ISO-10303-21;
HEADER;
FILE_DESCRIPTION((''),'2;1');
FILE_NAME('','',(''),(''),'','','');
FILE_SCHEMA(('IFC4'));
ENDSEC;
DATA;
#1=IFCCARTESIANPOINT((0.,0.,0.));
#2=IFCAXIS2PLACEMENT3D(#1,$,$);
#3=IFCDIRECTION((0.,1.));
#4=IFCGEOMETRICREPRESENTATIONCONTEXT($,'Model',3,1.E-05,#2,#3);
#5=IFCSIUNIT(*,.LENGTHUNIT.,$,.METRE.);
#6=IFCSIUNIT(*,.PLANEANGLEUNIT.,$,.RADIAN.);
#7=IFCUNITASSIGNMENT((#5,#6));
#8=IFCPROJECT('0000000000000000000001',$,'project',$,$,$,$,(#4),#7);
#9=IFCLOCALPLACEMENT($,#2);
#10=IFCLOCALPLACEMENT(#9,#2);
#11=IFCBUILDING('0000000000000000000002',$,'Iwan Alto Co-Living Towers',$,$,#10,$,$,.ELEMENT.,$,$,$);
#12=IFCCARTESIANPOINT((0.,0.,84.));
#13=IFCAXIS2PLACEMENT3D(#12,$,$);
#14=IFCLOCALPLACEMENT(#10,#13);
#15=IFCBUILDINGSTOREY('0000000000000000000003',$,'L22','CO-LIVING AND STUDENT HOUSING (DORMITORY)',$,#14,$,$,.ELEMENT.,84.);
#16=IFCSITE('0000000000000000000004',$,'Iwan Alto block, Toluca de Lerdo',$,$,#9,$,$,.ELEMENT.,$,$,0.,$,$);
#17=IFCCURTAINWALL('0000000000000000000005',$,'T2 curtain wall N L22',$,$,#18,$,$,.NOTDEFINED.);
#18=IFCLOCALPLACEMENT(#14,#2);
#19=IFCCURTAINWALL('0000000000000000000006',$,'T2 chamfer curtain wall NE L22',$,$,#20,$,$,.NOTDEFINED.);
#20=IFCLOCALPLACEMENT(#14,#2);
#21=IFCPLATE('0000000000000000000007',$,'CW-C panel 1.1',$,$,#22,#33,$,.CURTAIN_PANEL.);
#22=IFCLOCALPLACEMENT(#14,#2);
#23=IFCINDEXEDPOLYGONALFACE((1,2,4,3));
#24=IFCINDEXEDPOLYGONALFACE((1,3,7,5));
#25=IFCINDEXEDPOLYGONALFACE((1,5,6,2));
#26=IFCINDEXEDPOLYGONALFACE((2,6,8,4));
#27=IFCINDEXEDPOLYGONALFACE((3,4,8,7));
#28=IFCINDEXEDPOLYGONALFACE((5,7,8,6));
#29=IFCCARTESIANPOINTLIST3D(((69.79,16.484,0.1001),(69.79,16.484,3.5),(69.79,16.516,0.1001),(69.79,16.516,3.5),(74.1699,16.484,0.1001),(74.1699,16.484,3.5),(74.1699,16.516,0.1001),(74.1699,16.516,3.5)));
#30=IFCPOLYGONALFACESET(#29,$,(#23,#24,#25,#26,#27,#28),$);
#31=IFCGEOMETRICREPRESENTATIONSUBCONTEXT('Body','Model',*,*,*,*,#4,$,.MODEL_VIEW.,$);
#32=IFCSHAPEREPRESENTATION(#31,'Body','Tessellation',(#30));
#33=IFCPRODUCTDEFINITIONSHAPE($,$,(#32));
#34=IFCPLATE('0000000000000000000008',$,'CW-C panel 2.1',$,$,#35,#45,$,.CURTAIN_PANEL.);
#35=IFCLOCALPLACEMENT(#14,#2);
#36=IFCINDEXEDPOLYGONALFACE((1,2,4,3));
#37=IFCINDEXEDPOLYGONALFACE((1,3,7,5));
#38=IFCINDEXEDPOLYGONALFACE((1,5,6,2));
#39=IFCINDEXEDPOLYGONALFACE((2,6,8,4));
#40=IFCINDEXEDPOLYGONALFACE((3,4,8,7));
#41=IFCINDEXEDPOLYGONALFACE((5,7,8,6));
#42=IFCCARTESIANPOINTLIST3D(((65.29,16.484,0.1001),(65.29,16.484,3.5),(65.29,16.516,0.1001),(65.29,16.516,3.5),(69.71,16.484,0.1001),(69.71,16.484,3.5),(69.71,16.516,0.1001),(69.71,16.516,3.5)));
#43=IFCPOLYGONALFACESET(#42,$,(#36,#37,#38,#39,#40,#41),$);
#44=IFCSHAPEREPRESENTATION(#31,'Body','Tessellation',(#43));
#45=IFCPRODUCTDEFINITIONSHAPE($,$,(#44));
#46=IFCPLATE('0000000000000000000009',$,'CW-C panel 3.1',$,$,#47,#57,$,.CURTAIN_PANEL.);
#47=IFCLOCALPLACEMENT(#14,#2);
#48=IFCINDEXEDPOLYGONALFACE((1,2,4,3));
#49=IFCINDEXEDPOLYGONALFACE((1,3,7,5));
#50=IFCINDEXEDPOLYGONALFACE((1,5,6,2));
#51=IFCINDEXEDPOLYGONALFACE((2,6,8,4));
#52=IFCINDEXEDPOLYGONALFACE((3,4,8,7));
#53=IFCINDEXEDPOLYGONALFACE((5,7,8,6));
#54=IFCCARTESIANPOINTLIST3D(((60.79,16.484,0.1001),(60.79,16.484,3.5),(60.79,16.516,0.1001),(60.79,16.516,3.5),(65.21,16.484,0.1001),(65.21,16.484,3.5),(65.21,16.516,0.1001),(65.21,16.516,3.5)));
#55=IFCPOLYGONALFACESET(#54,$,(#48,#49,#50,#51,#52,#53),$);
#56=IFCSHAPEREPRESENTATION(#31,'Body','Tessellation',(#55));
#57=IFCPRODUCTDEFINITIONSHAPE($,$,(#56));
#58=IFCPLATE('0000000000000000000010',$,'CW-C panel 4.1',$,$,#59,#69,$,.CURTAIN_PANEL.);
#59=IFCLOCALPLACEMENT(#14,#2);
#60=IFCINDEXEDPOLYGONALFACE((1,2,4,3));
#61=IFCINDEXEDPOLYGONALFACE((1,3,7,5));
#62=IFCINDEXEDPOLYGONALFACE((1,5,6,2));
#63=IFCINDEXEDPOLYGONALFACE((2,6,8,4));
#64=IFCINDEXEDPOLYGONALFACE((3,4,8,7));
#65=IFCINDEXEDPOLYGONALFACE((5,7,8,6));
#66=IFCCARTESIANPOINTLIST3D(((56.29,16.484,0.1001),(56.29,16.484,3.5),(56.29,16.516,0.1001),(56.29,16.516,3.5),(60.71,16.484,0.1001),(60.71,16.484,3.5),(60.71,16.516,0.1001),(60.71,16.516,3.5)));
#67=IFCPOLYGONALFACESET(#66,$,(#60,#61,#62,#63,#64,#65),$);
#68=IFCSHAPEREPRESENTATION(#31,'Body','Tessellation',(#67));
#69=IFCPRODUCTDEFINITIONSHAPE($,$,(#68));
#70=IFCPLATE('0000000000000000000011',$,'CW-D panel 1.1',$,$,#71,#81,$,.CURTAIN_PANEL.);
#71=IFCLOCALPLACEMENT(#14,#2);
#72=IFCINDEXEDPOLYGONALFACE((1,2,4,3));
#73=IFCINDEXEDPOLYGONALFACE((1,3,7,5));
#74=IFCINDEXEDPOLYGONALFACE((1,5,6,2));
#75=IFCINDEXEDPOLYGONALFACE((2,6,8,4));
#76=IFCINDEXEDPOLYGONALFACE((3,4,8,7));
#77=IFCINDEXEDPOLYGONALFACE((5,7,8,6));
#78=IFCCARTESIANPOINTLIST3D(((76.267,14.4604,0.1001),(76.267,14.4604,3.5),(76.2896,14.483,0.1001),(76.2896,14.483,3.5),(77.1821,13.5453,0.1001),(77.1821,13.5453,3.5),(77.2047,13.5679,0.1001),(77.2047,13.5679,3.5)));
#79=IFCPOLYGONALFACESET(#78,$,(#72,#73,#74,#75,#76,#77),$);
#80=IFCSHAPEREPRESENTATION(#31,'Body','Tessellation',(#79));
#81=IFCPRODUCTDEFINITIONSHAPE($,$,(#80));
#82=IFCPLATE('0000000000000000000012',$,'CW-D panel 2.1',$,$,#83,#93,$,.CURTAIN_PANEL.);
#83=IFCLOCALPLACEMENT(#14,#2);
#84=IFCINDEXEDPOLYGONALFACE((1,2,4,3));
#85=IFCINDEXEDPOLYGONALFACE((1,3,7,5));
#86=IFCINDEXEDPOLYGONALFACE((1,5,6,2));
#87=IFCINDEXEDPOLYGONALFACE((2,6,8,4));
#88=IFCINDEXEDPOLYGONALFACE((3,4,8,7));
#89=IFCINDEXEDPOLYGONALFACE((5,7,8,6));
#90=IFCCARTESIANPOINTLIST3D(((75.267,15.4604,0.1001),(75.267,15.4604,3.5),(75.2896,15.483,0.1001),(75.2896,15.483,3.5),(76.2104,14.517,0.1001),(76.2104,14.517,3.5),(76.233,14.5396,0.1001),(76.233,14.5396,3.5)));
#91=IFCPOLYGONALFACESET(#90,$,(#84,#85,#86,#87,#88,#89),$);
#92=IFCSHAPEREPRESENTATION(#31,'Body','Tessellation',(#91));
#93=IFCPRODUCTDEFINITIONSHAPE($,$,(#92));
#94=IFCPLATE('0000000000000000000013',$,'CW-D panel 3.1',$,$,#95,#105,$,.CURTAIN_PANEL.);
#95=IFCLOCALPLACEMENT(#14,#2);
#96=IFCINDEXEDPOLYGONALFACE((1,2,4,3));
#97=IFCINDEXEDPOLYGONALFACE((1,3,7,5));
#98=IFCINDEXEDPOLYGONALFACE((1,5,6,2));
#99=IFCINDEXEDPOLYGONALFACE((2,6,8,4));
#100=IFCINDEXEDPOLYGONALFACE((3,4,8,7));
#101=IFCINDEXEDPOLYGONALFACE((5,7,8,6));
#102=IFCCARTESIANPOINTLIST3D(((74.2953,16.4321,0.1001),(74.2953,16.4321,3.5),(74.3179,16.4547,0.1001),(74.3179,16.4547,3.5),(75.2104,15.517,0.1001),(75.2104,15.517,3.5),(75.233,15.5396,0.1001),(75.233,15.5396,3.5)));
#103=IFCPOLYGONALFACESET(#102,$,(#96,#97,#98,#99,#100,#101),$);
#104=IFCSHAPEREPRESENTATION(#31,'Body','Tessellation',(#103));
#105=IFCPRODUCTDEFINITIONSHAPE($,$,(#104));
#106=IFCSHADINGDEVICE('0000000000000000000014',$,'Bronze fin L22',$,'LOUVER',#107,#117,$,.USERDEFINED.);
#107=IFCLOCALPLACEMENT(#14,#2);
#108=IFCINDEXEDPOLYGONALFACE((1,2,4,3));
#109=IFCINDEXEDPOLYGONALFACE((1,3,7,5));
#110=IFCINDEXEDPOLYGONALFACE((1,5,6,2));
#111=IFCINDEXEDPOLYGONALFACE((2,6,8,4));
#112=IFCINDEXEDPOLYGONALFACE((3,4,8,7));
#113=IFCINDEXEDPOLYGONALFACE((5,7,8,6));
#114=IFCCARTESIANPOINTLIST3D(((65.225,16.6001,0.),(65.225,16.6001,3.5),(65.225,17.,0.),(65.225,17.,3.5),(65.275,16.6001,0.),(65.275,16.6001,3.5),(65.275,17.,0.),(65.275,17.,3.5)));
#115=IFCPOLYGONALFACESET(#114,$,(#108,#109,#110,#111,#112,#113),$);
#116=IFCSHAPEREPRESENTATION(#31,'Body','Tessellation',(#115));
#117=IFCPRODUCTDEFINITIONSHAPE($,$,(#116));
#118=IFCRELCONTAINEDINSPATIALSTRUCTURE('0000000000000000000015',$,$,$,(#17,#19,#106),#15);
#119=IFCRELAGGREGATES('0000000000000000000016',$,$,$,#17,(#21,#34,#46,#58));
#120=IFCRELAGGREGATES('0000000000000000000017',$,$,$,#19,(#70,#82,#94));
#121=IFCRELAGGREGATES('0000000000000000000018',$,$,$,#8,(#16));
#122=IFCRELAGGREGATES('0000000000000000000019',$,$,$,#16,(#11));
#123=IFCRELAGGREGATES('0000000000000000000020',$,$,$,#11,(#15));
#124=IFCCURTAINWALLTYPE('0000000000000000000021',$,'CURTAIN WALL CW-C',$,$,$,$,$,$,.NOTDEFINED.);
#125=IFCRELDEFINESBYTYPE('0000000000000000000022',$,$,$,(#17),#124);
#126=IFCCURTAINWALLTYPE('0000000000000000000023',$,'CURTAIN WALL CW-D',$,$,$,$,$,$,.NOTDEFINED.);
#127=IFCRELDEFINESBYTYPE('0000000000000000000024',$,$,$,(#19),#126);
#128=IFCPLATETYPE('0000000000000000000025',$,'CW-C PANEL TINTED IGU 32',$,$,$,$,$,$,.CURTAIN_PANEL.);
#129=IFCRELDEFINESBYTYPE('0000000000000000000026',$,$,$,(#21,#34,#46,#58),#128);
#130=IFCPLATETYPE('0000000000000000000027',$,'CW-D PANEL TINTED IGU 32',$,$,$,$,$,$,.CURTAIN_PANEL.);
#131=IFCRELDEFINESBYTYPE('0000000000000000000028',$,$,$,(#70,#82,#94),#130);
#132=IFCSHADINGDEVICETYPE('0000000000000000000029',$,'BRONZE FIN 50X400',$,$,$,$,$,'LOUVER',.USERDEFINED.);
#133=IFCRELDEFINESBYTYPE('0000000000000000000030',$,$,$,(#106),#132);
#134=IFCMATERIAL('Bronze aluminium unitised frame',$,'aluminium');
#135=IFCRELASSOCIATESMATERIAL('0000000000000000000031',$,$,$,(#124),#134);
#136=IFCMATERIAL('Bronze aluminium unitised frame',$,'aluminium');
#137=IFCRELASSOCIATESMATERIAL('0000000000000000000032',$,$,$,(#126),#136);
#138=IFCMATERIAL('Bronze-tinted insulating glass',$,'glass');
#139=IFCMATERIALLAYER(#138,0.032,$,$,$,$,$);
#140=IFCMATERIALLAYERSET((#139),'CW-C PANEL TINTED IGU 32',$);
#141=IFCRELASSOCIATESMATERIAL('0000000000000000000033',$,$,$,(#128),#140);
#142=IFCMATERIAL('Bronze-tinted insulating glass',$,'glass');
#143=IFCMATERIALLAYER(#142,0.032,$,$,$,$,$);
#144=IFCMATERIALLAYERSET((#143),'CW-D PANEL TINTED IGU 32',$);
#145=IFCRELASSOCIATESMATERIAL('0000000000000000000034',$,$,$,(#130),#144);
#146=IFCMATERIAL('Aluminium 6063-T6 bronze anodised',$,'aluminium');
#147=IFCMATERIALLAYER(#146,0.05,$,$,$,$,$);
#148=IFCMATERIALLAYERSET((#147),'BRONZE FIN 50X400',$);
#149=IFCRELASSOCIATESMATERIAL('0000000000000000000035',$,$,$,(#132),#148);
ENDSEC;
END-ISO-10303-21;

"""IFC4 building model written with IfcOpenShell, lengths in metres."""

from ifc_helpers import new_model, si_unit, direction, frame, origin, origin_2d, place, context, subcontext, project, spatial, rectangle, extrude, material, layer, layer_set, type_object, element, aggregate, save


model = new_model("IFC4")

# Units and contexts
model_context = context("Model", 3, precision=1e-05, world=origin(), true_north=direction((0.0, 1.0)))
body_context = subcontext(model_context, "Body", "Model", "MODEL_VIEW")
ifc_project = project(units=[si_unit("LENGTHUNIT", "METRE"), si_unit("PLANEANGLEUNIT", "RADIAN")], contexts=[model_context])

# Site, building, storey
site_placement = place(None, origin())
site = spatial("IfcSite", under=ifc_project, at=site_placement, Name="Iwan Alto block, Toluca de Lerdo", CompositionType="ELEMENT", RefElevation=0.0)
building_placement = place(site_placement, origin())
building = spatial("IfcBuilding", under=site, at=building_placement, Name="Iwan Alto Co-Living Towers", CompositionType="ELEMENT")
storey_placement = place(building_placement, frame((0.0, 0.0, 84.0)))
storey = spatial("IfcBuildingStorey", under=building, at=storey_placement, Name="L22", Description="CO-LIVING AND STUDENT HOUSING (DORMITORY)", CompositionType="ELEMENT", Elevation=84.0)

# Shared definitions
ifc_material_1 = material(Name="Bronze aluminium unitised frame", Category="aluminium")
curtain_wall_type_1 = type_object("IfcCurtainWallType", Name="CURTAIN WALL CW-C", PredefinedType="NOTDEFINED", material=ifc_material_1)

# Curtain walls
curtain_wall_1_placement = place(storey_placement, origin())
curtain_wall_1 = element("IfcCurtainWall", 1, at=curtain_wall_1_placement, inside=storey, type_object=curtain_wall_type_1, Name="T2 curtain wall N L22", PredefinedType="NOTDEFINED")
ifc_material_2 = material(Name="Bronze aluminium unitised frame", Category="aluminium")
curtain_wall_type_2 = type_object("IfcCurtainWallType", Name="CURTAIN WALL CW-D", PredefinedType="NOTDEFINED", material=ifc_material_2)
curtain_wall_2_placement = place(storey_placement, origin())
curtain_wall_2 = element("IfcCurtainWall", 2, at=curtain_wall_2_placement, inside=storey, type_object=curtain_wall_type_2, Name="T2 chamfer curtain wall NE L22", PredefinedType="NOTDEFINED")

# Plates
ifc_material_3 = material(Name="Bronze-tinted insulating glass", Category="glass")
ifc_layer_1 = layer(ifc_material_3, 0.032)
ifc_layer_set_1 = layer_set([ifc_layer_1], Name="CW-C PANEL TINTED IGU 32")
plate_type_1 = type_object("IfcPlateType", Name="CW-C PANEL TINTED IGU 32", PredefinedType="CURTAIN_PANEL", material=ifc_layer_set_1)
plate_1_placement = place(storey_placement, frame((71.98, 16.5, 0.1001), z_axis=(0.0, 0.0, 1.0), x_axis=(-1.0, 0.0, 0.0)))
plate_1 = element("IfcPlate", 3, at=plate_1_placement, type_object=plate_type_1, Name="CW-C panel 1.1", PredefinedType="CURTAIN_PANEL", context=body_context, shape_type="SweptSolid", body=[
    extrude(rectangle(XDim=4.3799, YDim=0.032, at=origin_2d()), origin(), (0.0, 0.0, 1.0), 3.3999),
])
plate_2_placement = place(storey_placement, frame((67.5, 16.5, 0.1001), z_axis=(0.0, 0.0, 1.0), x_axis=(-1.0, 0.0, 0.0)))
plate_2 = element("IfcPlate", 4, at=plate_2_placement, type_object=plate_type_1, Name="CW-C panel 2.1", PredefinedType="CURTAIN_PANEL", context=body_context, shape_type="SweptSolid", body=[
    extrude(rectangle(XDim=4.4199, YDim=0.032, at=origin_2d()), origin(), (0.0, 0.0, 1.0), 3.3999),
])
plate_3_placement = place(storey_placement, frame((63.0, 16.5, 0.1001), z_axis=(0.0, 0.0, 1.0), x_axis=(-1.0, 0.0, 0.0)))
plate_3 = element("IfcPlate", 5, at=plate_3_placement, type_object=plate_type_1, Name="CW-C panel 3.1", PredefinedType="CURTAIN_PANEL", context=body_context, shape_type="SweptSolid", body=[
    extrude(rectangle(XDim=4.4199, YDim=0.032, at=origin_2d()), origin(), (0.0, 0.0, 1.0), 3.3999),
])
plate_4_placement = place(storey_placement, frame((58.5, 16.5, 0.1001), z_axis=(0.0, 0.0, 1.0), x_axis=(-1.0, 0.0, 0.0)))
plate_4 = element("IfcPlate", 6, at=plate_4_placement, type_object=plate_type_1, Name="CW-C panel 4.1", PredefinedType="CURTAIN_PANEL", context=body_context, shape_type="SweptSolid", body=[
    extrude(rectangle(XDim=4.4199, YDim=0.032, at=origin_2d()), origin(), (0.0, 0.0, 1.0), 3.3999),
])
aggregate(curtain_wall_1, [plate_1, plate_2, plate_3, plate_4])
ifc_material_4 = material(Name="Bronze-tinted insulating glass", Category="glass")
ifc_layer_2 = layer(ifc_material_4, 0.032)
ifc_layer_set_2 = layer_set([ifc_layer_2], Name="CW-D PANEL TINTED IGU 32")
plate_type_2 = type_object("IfcPlateType", Name="CW-D PANEL TINTED IGU 32", PredefinedType="CURTAIN_PANEL", material=ifc_layer_set_2)
plate_5_placement = place(storey_placement, frame((76.7358, 14.0142, 0.1001), z_axis=(0.0, 0.0, 1.0), x_axis=(-0.707107, 0.707107, 0.0)))
plate_5 = element("IfcPlate", 7, at=plate_5_placement, type_object=plate_type_2, Name="CW-D panel 1.1", PredefinedType="CURTAIN_PANEL", context=body_context, shape_type="SweptSolid", body=[
    extrude(rectangle(XDim=1.2942, YDim=0.032, at=origin_2d()), origin(), (0.0, 0.0, 1.0), 3.3999),
])
plate_6_placement = place(storey_placement, frame((75.75, 15.0, 0.1001), z_axis=(0.0, 0.0, 1.0), x_axis=(-0.707107, 0.707107, 0.0)))
plate_6 = element("IfcPlate", 8, at=plate_6_placement, type_object=plate_type_2, Name="CW-D panel 2.1", PredefinedType="CURTAIN_PANEL", context=body_context, shape_type="SweptSolid", body=[
    extrude(rectangle(XDim=1.3342, YDim=0.032, at=origin_2d()), origin(), (0.0, 0.0, 1.0), 3.3999),
])
plate_7_placement = place(storey_placement, frame((74.7642, 15.9858, 0.1001), z_axis=(0.0, 0.0, 1.0), x_axis=(-0.707107, 0.707107, 0.0)))
plate_7 = element("IfcPlate", 9, at=plate_7_placement, type_object=plate_type_2, Name="CW-D panel 3.1", PredefinedType="CURTAIN_PANEL", context=body_context, shape_type="SweptSolid", body=[
    extrude(rectangle(XDim=1.2942, YDim=0.032, at=origin_2d()), origin(), (0.0, 0.0, 1.0), 3.3999),
])
aggregate(curtain_wall_2, [plate_5, plate_6, plate_7])

# Shading device
ifc_material_5 = material(Name="Aluminium 6063-T6 bronze anodised", Category="aluminium")
ifc_layer_3 = layer(ifc_material_5, 0.05)
ifc_layer_set_3 = layer_set([ifc_layer_3], Name="BRONZE FIN 50X400")
shading_device_type = type_object("IfcShadingDeviceType", Name="BRONZE FIN 50X400", ElementType="LOUVER", PredefinedType="USERDEFINED", material=ifc_layer_set_3)
shading_device_placement = place(storey_placement, frame((65.25, 16.8, 0.0), z_axis=(0.0, 0.0, 1.0), x_axis=(-1.0, 0.0, 0.0)))
element("IfcShadingDevice", 10, at=shading_device_placement, inside=storey, type_object=shading_device_type, Name="Bronze fin L22", ObjectType="LOUVER", PredefinedType="USERDEFINED", context=body_context, shape_type="SweptSolid", body=[
    extrude(rectangle(XDim=0.05, YDim=0.3999, at=origin_2d()), origin(), (0.0, 0.0, 1.0), 3.5),
])

save(model, "model.ifc")
